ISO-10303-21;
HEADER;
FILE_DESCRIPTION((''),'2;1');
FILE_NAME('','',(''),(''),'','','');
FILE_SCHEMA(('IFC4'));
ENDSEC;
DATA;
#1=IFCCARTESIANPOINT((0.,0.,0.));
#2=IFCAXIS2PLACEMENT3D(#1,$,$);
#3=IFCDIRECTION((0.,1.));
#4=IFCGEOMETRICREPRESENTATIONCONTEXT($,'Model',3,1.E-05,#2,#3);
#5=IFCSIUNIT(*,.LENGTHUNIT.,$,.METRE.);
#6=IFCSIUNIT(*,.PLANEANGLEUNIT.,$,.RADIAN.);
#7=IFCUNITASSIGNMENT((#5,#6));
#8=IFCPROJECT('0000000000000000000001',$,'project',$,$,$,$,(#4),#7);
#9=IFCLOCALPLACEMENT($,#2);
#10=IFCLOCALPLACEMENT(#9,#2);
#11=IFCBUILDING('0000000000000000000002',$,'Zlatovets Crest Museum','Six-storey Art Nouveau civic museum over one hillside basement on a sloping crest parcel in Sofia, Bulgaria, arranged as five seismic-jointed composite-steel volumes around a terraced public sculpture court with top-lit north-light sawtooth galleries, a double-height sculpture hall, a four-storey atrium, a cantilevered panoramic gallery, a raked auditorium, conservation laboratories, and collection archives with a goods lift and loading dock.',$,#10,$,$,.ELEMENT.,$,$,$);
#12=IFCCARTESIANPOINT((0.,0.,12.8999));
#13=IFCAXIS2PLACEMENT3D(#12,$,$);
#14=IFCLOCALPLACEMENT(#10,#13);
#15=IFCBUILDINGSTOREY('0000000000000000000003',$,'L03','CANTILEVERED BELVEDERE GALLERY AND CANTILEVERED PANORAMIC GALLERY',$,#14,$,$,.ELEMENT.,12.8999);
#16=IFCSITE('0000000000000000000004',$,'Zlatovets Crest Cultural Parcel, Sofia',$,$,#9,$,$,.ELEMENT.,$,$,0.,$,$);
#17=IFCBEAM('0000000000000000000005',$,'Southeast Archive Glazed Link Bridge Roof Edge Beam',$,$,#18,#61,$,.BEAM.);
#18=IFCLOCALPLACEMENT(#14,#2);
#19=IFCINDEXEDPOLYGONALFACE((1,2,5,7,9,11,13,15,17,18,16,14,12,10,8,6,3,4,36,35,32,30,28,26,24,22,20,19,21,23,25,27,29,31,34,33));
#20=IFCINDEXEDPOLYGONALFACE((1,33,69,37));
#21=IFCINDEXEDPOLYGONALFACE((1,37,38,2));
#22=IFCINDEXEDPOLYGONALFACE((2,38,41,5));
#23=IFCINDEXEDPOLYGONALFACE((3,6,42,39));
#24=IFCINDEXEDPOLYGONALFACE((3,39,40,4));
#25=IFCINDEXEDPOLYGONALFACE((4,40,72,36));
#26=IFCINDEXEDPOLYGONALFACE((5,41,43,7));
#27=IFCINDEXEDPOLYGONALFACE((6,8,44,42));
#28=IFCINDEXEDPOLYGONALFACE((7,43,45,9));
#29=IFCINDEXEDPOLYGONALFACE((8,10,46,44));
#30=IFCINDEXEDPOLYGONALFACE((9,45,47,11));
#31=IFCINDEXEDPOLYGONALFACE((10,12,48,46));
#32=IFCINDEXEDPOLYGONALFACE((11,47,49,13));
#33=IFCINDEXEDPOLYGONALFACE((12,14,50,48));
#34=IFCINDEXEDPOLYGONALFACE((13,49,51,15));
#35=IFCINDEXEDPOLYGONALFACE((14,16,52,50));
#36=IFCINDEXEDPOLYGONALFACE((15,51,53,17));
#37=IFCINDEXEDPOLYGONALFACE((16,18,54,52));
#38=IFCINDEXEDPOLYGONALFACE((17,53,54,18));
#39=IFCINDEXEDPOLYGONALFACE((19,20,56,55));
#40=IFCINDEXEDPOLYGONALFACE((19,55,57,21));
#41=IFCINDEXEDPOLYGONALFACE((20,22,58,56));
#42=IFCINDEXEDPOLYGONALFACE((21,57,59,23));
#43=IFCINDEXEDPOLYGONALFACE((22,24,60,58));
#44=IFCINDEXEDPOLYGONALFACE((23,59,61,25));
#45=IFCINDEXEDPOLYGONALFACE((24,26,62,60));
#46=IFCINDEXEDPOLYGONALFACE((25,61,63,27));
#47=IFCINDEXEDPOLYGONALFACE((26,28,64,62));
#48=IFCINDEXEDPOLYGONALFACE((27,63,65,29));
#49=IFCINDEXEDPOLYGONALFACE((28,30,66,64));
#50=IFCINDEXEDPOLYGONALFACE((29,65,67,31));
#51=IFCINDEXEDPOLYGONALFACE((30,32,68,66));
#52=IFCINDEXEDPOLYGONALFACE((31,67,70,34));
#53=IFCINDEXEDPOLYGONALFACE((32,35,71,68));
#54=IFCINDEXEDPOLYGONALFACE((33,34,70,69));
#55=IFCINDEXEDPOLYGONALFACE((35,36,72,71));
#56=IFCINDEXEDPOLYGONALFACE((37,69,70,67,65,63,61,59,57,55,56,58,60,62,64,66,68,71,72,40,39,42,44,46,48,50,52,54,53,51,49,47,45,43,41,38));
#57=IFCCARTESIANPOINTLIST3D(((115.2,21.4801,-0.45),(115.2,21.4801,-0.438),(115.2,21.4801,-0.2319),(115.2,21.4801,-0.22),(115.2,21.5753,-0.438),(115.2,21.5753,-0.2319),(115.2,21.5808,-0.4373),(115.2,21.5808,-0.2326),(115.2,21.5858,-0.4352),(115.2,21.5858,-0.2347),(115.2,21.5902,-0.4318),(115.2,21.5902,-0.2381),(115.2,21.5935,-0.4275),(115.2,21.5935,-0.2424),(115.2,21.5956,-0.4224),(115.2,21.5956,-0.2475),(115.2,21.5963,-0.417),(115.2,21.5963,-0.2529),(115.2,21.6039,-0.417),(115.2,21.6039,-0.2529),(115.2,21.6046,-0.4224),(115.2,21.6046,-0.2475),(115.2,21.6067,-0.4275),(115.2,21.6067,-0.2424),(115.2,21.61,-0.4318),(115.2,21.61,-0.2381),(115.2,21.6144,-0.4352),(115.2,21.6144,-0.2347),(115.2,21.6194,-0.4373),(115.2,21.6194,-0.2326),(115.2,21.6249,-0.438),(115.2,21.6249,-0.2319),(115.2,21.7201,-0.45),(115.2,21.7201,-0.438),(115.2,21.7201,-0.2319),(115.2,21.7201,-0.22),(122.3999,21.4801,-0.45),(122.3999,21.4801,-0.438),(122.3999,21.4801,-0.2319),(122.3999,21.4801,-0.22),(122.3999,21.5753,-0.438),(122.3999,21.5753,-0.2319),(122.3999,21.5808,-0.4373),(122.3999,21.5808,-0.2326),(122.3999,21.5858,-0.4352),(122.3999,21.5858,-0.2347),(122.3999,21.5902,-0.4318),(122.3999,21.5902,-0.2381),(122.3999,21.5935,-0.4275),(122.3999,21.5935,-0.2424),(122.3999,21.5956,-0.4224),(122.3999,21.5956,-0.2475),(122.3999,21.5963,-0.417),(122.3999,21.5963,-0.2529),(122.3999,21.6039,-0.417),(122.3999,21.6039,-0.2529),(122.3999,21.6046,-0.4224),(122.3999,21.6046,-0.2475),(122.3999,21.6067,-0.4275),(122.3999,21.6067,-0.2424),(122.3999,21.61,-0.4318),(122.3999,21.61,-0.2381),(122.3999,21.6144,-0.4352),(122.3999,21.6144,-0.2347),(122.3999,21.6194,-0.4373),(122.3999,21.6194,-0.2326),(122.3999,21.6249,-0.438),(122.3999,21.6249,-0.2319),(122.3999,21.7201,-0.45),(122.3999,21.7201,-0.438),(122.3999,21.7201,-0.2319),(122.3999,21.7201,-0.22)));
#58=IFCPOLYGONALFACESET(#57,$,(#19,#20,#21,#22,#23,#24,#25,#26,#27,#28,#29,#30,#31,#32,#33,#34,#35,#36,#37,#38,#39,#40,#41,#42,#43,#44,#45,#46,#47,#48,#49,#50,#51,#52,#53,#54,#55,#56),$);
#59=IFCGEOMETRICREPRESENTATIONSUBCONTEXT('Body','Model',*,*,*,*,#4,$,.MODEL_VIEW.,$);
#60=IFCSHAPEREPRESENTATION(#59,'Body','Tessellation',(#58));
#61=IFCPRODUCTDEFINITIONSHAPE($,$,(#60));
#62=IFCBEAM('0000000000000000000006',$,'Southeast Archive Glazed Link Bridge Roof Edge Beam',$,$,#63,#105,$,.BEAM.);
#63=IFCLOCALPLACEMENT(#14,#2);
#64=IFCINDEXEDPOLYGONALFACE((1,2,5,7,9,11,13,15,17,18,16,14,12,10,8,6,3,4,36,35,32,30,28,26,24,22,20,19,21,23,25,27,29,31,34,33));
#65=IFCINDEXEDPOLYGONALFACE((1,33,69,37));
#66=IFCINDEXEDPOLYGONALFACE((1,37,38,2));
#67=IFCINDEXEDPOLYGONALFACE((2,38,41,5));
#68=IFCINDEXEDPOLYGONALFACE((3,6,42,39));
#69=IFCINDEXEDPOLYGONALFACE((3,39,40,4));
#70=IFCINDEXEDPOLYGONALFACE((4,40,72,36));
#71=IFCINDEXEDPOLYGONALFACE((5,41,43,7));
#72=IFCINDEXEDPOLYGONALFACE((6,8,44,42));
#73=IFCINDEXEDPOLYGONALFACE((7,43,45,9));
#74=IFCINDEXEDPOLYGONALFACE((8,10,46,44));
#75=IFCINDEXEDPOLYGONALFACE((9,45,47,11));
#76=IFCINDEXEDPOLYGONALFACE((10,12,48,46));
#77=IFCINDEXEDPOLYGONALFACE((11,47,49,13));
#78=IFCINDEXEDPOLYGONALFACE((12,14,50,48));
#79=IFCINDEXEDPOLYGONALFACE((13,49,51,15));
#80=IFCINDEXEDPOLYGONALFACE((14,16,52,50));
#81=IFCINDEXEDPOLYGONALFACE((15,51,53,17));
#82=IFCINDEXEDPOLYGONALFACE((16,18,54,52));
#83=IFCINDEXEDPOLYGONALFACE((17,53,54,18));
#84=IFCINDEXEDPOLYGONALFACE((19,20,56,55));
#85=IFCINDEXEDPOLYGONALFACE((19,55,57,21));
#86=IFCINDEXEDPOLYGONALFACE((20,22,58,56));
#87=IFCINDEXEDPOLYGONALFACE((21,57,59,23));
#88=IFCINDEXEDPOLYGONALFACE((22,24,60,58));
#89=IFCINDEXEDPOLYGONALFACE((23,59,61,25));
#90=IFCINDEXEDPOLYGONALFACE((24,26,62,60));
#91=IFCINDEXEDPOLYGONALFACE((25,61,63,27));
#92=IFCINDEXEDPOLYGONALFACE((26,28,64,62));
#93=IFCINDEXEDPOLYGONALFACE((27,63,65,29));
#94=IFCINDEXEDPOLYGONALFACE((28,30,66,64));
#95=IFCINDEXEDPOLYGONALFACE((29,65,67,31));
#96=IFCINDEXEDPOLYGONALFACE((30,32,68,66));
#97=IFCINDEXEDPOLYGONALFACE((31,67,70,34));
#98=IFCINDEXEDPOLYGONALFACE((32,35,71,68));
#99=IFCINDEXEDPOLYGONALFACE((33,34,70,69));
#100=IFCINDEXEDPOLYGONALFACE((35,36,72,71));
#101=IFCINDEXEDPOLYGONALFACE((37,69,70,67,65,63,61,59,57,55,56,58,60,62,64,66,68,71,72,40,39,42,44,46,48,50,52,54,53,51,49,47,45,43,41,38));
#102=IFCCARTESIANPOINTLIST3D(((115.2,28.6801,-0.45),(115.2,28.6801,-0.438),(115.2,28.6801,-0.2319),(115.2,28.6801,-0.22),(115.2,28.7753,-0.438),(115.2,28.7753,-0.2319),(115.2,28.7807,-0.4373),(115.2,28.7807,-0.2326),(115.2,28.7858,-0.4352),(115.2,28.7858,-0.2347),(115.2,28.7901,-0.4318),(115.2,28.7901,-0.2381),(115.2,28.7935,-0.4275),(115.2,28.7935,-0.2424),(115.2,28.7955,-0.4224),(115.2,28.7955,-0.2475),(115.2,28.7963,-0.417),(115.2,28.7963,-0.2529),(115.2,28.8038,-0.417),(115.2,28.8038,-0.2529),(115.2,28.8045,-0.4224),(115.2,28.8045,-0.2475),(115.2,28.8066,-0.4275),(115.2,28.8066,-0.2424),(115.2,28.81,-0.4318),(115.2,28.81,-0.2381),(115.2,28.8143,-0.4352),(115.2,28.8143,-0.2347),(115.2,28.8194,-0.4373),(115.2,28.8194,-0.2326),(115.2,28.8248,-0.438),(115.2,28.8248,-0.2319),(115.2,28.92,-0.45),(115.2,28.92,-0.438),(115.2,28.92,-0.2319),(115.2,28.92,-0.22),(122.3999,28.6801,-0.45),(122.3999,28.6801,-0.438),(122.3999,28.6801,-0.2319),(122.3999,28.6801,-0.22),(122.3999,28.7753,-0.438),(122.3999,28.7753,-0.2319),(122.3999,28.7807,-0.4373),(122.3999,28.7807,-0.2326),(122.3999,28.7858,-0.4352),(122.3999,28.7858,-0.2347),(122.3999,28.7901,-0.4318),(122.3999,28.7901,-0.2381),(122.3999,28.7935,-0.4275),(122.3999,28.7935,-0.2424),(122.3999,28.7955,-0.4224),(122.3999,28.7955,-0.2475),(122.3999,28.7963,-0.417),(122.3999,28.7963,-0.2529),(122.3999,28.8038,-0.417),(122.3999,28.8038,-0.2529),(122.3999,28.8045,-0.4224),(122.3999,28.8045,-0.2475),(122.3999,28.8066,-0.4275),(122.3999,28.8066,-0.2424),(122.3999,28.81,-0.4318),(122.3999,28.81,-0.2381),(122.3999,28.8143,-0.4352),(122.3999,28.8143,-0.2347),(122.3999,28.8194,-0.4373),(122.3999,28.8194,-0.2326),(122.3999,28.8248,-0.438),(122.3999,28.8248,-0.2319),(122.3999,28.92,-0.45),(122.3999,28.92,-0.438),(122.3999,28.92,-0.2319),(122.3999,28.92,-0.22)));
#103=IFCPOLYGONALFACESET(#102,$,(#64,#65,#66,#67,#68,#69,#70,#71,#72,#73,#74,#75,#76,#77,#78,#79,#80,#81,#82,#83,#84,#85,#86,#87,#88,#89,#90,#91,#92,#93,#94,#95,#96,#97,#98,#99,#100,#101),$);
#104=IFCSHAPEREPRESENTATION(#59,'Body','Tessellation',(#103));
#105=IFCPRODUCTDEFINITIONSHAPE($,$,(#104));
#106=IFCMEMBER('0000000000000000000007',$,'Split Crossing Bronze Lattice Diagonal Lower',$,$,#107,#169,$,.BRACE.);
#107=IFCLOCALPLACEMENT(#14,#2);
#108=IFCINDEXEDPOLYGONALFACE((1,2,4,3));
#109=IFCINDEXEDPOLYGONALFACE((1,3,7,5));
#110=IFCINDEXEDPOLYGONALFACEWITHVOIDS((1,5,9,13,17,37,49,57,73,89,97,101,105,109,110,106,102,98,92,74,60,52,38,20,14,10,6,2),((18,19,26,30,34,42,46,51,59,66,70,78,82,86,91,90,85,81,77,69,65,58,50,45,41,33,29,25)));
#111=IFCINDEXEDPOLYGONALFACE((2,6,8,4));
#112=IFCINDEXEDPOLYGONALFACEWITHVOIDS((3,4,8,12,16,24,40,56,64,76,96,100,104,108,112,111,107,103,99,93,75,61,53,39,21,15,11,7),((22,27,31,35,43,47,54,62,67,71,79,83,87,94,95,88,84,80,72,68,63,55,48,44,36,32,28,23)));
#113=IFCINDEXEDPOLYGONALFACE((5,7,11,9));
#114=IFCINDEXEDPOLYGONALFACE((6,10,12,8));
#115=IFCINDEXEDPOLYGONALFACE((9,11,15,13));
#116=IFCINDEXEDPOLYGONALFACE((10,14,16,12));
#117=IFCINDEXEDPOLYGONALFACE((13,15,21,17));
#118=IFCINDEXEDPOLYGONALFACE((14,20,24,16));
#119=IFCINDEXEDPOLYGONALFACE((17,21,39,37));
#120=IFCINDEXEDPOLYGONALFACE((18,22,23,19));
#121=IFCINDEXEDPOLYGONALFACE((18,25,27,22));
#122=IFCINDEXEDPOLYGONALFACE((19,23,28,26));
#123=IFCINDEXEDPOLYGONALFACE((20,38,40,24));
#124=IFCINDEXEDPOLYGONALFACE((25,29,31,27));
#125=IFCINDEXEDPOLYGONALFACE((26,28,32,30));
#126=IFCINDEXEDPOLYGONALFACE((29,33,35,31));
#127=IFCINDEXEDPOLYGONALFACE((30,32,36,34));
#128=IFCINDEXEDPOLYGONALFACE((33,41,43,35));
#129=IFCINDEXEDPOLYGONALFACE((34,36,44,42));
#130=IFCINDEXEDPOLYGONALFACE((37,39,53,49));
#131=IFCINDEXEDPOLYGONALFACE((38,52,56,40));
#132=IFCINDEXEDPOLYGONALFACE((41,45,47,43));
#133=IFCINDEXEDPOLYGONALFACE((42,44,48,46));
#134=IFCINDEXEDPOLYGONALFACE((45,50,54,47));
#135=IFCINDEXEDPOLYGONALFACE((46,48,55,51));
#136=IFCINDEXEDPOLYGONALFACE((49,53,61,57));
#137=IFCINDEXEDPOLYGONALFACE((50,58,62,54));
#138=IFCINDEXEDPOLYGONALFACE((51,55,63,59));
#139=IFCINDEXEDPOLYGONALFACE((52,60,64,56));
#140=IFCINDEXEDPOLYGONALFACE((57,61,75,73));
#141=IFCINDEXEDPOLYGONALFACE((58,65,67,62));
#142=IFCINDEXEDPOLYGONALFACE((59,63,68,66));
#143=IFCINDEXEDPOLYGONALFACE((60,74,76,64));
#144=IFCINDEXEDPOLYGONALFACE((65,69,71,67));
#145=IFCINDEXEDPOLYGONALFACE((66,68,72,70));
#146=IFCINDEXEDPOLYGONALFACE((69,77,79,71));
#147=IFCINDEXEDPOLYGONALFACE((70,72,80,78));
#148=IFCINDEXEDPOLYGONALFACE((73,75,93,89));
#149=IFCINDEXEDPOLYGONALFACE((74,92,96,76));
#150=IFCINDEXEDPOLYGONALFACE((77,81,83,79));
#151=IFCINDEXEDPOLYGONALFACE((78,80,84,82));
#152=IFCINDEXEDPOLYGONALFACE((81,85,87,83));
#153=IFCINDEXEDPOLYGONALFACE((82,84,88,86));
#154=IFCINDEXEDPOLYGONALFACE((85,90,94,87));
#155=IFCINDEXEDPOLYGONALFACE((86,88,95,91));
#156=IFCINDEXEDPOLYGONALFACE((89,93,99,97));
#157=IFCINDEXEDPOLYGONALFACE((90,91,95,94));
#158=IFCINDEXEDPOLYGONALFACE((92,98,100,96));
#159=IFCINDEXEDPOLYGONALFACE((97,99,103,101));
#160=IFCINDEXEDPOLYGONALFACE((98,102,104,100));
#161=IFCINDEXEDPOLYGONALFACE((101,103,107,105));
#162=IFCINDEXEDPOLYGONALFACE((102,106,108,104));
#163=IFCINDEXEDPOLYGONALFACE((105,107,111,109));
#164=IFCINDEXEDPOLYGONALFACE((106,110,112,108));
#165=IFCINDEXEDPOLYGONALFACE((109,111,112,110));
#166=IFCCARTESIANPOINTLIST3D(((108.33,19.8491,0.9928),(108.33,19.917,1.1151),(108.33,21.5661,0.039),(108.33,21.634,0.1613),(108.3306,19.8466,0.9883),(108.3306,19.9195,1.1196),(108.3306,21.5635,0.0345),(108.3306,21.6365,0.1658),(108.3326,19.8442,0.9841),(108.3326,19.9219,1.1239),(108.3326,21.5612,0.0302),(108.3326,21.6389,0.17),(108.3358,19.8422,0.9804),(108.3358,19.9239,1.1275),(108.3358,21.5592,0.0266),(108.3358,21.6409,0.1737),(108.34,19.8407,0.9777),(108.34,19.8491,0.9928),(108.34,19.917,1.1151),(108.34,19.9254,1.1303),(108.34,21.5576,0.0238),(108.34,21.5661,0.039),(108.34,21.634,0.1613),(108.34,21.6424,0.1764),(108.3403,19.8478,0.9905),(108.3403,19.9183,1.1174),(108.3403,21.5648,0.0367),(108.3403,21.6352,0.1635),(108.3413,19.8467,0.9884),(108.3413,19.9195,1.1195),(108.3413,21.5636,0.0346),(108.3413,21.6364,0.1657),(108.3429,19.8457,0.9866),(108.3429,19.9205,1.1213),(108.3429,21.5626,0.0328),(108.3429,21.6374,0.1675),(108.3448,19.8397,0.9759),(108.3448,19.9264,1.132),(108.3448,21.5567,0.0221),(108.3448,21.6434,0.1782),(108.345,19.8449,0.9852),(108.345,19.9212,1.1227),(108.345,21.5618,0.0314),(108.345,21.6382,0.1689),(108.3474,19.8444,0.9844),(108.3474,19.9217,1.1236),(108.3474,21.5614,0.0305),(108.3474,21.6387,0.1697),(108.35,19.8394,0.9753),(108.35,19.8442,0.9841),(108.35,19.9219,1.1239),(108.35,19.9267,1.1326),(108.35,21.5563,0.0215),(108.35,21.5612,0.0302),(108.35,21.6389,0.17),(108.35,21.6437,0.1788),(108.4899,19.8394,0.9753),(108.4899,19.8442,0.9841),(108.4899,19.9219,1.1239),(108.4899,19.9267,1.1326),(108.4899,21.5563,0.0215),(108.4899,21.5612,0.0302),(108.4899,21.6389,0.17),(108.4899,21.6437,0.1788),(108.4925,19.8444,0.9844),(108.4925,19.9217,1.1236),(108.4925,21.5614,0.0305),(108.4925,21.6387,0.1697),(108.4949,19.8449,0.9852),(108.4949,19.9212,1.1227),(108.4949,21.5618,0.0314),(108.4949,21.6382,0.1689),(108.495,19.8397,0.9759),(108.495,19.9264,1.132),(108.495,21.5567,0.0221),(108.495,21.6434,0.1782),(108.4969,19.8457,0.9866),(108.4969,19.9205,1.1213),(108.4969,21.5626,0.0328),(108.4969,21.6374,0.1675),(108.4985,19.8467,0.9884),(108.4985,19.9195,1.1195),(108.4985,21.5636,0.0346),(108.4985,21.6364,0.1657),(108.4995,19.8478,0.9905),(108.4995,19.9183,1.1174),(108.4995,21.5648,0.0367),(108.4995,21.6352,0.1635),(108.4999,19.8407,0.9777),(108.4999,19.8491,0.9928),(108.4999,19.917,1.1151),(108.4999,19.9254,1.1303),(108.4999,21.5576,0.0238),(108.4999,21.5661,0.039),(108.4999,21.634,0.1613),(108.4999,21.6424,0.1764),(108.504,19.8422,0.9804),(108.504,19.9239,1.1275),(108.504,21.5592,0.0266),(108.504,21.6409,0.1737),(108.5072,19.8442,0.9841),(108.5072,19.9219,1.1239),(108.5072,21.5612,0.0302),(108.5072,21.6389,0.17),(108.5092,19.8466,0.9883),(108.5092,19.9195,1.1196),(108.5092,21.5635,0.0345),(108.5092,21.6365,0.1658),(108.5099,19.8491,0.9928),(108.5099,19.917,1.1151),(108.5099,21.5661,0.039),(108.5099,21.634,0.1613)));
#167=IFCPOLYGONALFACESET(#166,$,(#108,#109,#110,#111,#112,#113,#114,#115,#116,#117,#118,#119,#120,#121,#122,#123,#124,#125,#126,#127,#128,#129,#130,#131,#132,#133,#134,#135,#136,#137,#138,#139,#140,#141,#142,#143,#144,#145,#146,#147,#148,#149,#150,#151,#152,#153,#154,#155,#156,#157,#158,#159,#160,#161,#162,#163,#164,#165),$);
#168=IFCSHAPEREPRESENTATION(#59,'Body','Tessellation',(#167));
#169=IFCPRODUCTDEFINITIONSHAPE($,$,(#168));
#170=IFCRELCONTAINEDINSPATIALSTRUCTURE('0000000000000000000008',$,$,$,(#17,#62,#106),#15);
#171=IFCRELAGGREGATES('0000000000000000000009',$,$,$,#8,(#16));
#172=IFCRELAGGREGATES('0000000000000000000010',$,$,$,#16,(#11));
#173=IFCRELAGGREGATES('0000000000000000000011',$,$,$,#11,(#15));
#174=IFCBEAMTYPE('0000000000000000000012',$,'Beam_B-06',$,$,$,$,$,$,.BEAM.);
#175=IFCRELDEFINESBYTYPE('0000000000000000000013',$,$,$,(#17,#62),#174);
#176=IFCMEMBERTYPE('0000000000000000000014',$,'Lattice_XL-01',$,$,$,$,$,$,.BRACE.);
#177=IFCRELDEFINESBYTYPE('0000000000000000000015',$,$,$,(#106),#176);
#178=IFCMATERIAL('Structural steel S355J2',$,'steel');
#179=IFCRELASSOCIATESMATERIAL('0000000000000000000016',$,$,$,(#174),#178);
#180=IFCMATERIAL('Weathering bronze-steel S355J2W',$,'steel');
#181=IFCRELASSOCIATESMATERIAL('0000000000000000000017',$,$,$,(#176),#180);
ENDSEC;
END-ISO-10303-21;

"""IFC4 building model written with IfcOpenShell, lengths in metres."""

from ifc_helpers import new_model, si_unit, direction, frame, origin, origin_2d, place, context, subcontext, project, spatial, hollow_rectangle, i_section, extrude, material, material_profile, profile_set, type_object, element, save


model = new_model("IFC4")

# Units and contexts
model_context = context("Model", 3, precision=1e-05, world=origin(), true_north=direction((0.0, 1.0)))
body_context = subcontext(model_context, "Body", "Model", "MODEL_VIEW")
ifc_project = project(units=[si_unit("LENGTHUNIT", "METRE"), si_unit("PLANEANGLEUNIT", "RADIAN")], contexts=[model_context])

# Site, building, storey
site_placement = place(None, origin())
site = spatial("IfcSite", under=ifc_project, at=site_placement, Name="Zlatovets Crest Cultural Parcel, Sofia", CompositionType="ELEMENT", RefElevation=0.0)
building_placement = place(site_placement, origin())
building = spatial("IfcBuilding", under=site, at=building_placement, Name="Zlatovets Crest Museum", Description="Six-storey Art Nouveau civic museum over one hillside basement on a sloping crest parcel in Sofia, Bulgaria, arranged as five seismic-jointed composite-steel volumes around a terraced public sculpture court with top-lit north-light sawtooth galleries, a double-height sculpture hall, a four-storey atrium, a cantilevered panoramic gallery, a raked auditorium, conservation laboratories, and collection archives with a goods lift and loading dock.", CompositionType="ELEMENT")
storey_placement = place(building_placement, frame((0.0, 0.0, 12.8999)))
storey = spatial("IfcBuildingStorey", under=building, at=storey_placement, Name="L03", Description="CANTILEVERED BELVEDERE GALLERY AND CANTILEVERED PANORAMIC GALLERY", CompositionType="ELEMENT", Elevation=12.8999)

# Beams
ifc_material_1 = material(Name="Structural steel S355J2", Category="steel")
ifc_material_profile_1 = material_profile(ifc_material_1, i_section(OverallWidth=0.24, OverallDepth=0.23, WebThickness=0.0076, FlangeThickness=0.012, FilletRadius=0.021, at=origin_2d()), Name="HEA 240")
ifc_profile_set_1 = profile_set([ifc_material_profile_1], Name="Structural steel S355J2")
beam_type = type_object("IfcBeamType", Name="Beam_B-06", PredefinedType="BEAM", material=ifc_profile_set_1)
for number, where, z_axis, x_axis, name in (
    (1, (115.2, 21.6001, -0.335), (1.0, 0.0, 0.0), (0.0, 1.0, 0.0), "Southeast Archive Glazed Link Bridge Roof Edge Beam"),
    (2, (115.2, 28.8, -0.335), (1.0, 0.0, 0.0), (0.0, 1.0, 0.0), "Southeast Archive Glazed Link Bridge Roof Edge Beam"),
):
    element("IfcBeam", number, at=place(storey_placement, frame(where, z_axis=z_axis, x_axis=x_axis)), inside=storey, type_object=beam_type, Name=name, PredefinedType="BEAM", context=body_context, shape_type="SweptSolid", body=[
        extrude(i_section(OverallWidth=0.24, OverallDepth=0.23, WebThickness=0.0076, FlangeThickness=0.012, FilletRadius=0.021, at=origin_2d()), origin(), (0.0, 0.0, 1.0), 7.2),
    ])

# Member
ifc_material_2 = material(Name="Weathering bronze-steel S355J2W", Category="steel")
ifc_material_profile_2 = material_profile(ifc_material_2, hollow_rectangle(XDim=0.1799, YDim=0.1799, WallThickness=0.01, InnerFilletRadius=0.01, OuterFilletRadius=0.02, at=origin_2d()), Name="SHS 180x180x10.0")
ifc_profile_set_2 = profile_set([ifc_material_profile_2], Name="Weathering bronze-steel S355J2W")
member_type_1 = type_object("IfcMemberType", Name="Lattice_XL-01", PredefinedType="BRACE", material=ifc_profile_set_2)
for number, where, z_axis, x_axis, name in (
    (3, (108.4199, 19.8831, 1.054), (0.0, 0.874169, -0.485622), (-1.0, 0.0, 0.0), "Split Crossing Bronze Lattice Diagonal Lower"),
):
    element("IfcMember", number, at=place(storey_placement, frame(where, z_axis=z_axis, x_axis=x_axis)), inside=storey, type_object=member_type_1, Name=name, PredefinedType="BRACE", context=body_context, shape_type="SweptSolid", body=[
        extrude(hollow_rectangle(XDim=0.1799, YDim=0.1799, WallThickness=0.01, InnerFilletRadius=0.01, OuterFilletRadius=0.02, at=origin_2d()), origin(), (0.0, 0.0, 1.0), 1.9641),
    ])

save(model, "model.ifc")
